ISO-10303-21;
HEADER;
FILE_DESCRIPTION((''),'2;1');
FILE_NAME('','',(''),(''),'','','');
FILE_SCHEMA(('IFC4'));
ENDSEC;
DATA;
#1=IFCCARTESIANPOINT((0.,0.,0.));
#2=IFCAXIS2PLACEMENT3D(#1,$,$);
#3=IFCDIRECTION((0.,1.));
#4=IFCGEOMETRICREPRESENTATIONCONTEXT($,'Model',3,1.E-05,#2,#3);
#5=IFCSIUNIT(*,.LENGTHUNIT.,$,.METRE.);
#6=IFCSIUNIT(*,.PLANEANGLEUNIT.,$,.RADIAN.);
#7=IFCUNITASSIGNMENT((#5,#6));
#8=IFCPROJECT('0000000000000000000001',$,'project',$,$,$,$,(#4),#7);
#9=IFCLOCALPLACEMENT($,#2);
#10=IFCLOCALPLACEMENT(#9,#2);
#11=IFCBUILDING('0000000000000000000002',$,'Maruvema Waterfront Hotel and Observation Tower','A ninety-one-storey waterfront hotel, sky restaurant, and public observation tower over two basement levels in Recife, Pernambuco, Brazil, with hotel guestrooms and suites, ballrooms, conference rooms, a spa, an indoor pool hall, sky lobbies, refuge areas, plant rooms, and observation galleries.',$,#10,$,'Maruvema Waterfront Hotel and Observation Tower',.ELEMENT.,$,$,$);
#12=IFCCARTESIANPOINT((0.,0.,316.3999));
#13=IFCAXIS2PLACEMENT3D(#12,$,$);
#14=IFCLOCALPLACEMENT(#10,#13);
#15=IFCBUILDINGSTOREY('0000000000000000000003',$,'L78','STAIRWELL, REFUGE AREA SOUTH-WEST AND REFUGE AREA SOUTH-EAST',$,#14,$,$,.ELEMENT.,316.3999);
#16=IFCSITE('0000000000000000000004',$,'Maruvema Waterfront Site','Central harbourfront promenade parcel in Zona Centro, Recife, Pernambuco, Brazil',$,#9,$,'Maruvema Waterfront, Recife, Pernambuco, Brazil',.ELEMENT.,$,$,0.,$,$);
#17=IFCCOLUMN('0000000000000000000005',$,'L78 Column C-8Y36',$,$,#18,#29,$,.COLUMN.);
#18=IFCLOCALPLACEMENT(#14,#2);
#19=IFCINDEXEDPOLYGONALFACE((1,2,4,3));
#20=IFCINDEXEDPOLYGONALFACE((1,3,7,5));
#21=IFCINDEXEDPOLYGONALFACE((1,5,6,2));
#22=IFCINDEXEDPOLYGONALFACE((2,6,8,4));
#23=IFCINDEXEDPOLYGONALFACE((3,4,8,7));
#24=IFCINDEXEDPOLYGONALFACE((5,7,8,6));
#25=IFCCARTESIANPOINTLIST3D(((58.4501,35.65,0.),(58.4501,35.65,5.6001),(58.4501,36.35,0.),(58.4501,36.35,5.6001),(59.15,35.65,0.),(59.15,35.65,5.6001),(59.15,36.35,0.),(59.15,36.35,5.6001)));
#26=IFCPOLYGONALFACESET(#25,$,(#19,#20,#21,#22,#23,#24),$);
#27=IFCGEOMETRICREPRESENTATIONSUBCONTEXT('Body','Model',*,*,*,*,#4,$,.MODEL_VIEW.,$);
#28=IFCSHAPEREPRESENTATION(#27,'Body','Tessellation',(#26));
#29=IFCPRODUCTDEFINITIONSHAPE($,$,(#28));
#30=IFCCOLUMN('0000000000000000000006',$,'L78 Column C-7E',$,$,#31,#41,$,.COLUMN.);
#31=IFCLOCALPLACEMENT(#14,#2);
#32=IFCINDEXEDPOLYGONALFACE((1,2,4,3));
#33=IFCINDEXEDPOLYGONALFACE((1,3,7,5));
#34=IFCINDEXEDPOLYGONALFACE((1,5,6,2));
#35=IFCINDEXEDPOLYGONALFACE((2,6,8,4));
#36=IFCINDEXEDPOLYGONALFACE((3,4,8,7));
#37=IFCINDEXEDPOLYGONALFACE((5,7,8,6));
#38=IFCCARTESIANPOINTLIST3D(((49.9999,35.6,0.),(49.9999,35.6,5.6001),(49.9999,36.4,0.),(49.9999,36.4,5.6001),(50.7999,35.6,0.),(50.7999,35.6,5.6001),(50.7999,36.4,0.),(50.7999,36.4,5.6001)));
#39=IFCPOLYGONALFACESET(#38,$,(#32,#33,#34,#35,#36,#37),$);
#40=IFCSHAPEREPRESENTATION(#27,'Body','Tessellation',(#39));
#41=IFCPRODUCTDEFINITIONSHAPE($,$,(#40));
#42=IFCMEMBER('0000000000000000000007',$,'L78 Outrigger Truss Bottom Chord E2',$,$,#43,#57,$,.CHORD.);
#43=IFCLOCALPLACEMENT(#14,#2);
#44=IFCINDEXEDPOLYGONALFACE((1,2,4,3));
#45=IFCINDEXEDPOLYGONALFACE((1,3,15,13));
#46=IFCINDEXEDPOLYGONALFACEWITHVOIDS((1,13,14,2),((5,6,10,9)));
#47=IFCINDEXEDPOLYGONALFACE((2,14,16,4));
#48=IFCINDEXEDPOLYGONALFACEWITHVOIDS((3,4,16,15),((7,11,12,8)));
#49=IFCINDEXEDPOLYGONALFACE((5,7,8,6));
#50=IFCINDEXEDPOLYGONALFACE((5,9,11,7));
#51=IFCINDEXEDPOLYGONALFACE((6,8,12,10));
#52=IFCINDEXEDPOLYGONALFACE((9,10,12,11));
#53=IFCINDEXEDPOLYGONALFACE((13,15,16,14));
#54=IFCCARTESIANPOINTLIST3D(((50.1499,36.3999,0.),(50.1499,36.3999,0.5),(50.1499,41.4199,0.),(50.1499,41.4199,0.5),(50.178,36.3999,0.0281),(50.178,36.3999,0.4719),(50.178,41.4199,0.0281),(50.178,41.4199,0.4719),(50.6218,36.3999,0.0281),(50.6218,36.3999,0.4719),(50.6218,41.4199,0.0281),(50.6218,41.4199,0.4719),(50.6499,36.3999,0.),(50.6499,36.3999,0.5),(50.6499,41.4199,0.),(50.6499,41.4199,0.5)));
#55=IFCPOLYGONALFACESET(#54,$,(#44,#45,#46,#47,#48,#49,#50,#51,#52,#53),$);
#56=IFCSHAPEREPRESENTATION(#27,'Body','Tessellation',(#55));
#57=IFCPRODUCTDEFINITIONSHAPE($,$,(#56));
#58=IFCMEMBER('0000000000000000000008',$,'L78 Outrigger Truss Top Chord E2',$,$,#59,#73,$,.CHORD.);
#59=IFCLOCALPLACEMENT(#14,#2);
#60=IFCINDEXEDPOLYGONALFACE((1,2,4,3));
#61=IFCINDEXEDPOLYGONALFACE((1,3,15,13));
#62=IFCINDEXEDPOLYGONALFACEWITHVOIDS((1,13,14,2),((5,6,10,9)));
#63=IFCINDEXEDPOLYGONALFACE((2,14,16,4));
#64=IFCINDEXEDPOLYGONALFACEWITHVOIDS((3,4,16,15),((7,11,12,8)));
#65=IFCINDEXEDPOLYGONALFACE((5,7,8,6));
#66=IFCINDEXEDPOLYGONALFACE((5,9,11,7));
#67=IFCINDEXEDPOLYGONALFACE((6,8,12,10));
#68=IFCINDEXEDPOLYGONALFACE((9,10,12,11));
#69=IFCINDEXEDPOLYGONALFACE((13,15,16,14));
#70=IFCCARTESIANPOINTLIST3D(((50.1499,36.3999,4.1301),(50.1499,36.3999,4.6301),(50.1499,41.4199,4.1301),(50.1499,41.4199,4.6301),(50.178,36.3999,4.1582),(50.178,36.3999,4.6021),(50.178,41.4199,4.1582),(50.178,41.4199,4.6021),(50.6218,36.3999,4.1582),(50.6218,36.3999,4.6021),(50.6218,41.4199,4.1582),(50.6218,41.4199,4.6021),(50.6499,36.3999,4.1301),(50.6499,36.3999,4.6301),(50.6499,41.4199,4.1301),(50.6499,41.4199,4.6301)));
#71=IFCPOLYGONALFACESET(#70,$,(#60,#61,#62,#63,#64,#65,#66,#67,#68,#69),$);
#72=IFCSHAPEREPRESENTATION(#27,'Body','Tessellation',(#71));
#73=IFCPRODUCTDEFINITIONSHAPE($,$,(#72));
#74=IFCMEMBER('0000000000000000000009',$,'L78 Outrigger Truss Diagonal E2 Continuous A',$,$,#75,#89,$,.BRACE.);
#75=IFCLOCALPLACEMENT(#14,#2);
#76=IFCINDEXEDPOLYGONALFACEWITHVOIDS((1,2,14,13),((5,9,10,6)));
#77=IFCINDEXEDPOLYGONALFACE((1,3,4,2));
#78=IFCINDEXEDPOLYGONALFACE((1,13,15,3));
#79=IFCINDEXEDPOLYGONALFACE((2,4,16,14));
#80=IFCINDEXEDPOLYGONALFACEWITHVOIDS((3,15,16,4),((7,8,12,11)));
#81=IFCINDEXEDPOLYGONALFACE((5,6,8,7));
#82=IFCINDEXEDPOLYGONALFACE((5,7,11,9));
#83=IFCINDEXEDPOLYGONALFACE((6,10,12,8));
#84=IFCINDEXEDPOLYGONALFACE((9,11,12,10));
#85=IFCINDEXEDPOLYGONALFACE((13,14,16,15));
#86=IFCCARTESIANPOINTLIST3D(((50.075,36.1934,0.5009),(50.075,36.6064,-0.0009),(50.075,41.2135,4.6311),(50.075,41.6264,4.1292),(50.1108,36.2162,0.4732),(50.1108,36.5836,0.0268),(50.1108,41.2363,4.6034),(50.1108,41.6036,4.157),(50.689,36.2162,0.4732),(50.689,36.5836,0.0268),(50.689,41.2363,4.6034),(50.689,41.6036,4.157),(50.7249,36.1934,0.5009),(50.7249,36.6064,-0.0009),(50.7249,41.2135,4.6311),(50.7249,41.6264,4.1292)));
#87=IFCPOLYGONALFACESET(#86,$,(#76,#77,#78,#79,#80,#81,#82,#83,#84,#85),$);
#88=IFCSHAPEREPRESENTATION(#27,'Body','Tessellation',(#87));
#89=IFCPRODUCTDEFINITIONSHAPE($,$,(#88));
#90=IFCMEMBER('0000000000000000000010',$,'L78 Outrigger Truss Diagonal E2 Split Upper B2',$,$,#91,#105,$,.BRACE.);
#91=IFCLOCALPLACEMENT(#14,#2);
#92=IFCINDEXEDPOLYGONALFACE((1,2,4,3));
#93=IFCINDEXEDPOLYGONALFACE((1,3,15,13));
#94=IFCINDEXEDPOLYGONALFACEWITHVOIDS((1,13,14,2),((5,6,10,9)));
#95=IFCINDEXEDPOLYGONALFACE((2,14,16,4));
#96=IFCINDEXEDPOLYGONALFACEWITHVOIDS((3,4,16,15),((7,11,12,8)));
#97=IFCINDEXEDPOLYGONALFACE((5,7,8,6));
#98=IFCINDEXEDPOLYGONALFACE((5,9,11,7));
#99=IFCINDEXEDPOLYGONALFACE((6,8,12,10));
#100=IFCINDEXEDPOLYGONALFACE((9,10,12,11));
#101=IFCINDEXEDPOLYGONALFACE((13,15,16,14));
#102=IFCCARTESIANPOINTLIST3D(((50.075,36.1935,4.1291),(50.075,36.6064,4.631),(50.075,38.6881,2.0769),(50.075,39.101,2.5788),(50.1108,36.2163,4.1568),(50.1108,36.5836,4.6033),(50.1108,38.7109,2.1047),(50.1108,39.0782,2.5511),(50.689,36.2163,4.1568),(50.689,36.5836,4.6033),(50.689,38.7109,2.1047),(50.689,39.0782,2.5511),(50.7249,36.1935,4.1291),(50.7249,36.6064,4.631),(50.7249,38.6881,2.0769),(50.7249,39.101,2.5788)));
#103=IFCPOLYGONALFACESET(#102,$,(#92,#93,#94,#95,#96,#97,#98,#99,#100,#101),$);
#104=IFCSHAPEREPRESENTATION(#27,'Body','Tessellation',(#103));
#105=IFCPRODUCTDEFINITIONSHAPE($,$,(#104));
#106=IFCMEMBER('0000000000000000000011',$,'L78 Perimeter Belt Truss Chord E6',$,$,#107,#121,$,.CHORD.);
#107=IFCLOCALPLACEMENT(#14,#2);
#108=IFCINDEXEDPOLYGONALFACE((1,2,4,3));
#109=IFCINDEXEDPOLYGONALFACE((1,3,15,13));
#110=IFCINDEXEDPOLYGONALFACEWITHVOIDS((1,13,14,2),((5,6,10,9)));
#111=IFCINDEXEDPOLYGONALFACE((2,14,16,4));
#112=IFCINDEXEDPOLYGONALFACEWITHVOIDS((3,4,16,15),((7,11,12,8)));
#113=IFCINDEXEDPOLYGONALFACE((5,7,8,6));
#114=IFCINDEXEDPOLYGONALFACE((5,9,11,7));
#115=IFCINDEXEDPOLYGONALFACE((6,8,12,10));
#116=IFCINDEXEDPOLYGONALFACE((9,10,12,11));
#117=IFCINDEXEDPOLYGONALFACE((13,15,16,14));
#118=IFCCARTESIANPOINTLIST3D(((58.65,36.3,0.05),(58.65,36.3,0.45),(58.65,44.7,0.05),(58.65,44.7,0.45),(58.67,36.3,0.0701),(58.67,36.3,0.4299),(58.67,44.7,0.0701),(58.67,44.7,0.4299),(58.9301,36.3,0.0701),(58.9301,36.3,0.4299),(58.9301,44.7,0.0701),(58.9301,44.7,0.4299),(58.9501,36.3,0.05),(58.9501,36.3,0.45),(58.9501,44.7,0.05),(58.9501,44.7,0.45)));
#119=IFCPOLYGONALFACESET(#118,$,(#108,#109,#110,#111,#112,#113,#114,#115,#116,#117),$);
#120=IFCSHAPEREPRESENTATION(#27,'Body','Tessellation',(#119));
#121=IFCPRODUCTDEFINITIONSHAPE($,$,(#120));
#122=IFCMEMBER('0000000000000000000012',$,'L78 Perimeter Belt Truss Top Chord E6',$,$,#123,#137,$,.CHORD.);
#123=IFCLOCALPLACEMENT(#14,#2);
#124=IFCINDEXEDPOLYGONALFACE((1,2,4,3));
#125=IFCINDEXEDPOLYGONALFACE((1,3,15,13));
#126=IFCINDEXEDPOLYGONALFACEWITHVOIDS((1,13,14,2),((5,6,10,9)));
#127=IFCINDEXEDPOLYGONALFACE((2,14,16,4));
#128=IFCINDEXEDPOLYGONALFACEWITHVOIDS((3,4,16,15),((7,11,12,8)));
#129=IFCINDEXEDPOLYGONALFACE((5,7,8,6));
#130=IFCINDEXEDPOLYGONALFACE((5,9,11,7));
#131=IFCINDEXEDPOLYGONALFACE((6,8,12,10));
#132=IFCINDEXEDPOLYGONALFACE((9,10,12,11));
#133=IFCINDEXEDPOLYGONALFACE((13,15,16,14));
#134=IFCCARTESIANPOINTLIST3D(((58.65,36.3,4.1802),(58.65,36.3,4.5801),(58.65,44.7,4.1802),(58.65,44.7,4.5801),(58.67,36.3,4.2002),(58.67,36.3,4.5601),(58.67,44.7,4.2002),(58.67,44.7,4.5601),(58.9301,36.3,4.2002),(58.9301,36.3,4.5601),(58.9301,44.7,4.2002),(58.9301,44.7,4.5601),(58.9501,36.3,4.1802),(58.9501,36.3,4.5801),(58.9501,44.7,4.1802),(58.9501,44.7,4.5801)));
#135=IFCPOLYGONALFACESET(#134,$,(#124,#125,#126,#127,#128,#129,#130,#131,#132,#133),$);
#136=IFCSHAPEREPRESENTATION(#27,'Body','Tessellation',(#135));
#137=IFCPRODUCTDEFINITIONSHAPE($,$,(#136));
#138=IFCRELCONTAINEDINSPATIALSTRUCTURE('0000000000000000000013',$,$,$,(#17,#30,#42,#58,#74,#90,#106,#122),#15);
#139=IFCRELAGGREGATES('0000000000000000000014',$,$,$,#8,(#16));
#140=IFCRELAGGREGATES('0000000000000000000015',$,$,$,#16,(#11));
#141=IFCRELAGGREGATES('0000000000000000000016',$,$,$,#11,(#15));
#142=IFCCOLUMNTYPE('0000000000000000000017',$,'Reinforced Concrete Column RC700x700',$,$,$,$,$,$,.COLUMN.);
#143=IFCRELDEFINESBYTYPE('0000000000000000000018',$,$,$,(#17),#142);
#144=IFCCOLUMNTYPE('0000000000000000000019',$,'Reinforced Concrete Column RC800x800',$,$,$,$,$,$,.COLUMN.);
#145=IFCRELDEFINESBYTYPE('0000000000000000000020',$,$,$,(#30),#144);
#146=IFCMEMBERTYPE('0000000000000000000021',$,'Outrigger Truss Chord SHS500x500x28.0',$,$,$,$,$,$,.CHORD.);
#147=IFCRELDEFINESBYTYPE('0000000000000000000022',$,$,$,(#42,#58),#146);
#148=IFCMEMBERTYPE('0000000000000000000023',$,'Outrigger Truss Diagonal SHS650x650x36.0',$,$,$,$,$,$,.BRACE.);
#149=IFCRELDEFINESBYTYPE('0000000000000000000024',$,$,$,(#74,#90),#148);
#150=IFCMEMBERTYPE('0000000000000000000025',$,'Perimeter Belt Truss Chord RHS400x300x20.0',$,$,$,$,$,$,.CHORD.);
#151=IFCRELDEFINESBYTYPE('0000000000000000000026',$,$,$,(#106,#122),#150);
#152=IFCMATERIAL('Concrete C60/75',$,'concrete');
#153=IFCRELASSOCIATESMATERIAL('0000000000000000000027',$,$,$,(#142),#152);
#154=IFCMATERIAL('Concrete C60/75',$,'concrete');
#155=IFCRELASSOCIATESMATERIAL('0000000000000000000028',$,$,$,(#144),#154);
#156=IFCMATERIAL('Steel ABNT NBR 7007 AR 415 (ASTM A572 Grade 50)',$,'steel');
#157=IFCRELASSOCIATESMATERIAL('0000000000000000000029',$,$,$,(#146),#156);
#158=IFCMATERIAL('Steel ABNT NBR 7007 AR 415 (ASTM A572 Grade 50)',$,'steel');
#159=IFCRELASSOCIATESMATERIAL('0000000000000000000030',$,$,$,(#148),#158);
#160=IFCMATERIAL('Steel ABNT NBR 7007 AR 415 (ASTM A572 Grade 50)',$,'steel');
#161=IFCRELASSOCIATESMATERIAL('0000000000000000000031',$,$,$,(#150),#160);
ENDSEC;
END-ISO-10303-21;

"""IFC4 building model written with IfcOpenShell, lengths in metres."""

from ifc_helpers import new_model, si_unit, direction, frame, origin, origin_2d, place, context, subcontext, project, spatial, rectangle, hollow_rectangle, extrude, material, material_profile, profile_set, type_object, element, save


model = new_model("IFC4")

# Units and contexts
model_context = context("Model", 3, precision=1e-05, world=origin(), true_north=direction((0.0, 1.0)))
body_context = subcontext(model_context, "Body", "Model", "MODEL_VIEW")
ifc_project = project(units=[si_unit("LENGTHUNIT", "METRE"), si_unit("PLANEANGLEUNIT", "RADIAN")], contexts=[model_context])

# Site, building, storey
site_placement = place(None, origin())
site = spatial("IfcSite", under=ifc_project, at=site_placement, Name="Maruvema Waterfront Site", Description="Central harbourfront promenade parcel in Zona Centro, Recife, Pernambuco, Brazil", LongName="Maruvema Waterfront, Recife, Pernambuco, Brazil", CompositionType="ELEMENT", RefElevation=0.0)
building_placement = place(site_placement, origin())
building = spatial("IfcBuilding", under=site, at=building_placement, Name="Maruvema Waterfront Hotel and Observation Tower", Description="A ninety-one-storey waterfront hotel, sky restaurant, and public observation tower over two basement levels in Recife, Pernambuco, Brazil, with hotel guestrooms and suites, ballrooms, conference rooms, a spa, an indoor pool hall, sky lobbies, refuge areas, plant rooms, and observation galleries.", LongName="Maruvema Waterfront Hotel and Observation Tower", CompositionType="ELEMENT")
storey_placement = place(building_placement, frame((0.0, 0.0, 316.3999)))
storey = spatial("IfcBuildingStorey", under=building, at=storey_placement, Name="L78", Description="STAIRWELL, REFUGE AREA SOUTH-WEST AND REFUGE AREA SOUTH-EAST", CompositionType="ELEMENT", Elevation=316.3999)

# Columns
ifc_material_1 = material(Name="Concrete C60/75", Category="concrete")
ifc_material_profile_1 = material_profile(ifc_material_1, rectangle(XDim=0.7, YDim=0.7, at=origin_2d()), Name="RC700x700")
ifc_profile_set_1 = profile_set([ifc_material_profile_1], Name="Concrete C60/75")
column_type_1 = type_object("IfcColumnType", Name="Reinforced Concrete Column RC700x700", PredefinedType="COLUMN", material=ifc_profile_set_1)
column_1_placement = place(storey_placement, frame((58.8, 36.0, 0.0), z_axis=(0.0, 0.0, 1.0), x_axis=(1.0, 0.0, 0.0)))
element("IfcColumn", 1, at=column_1_placement, inside=storey, type_object=column_type_1, Name="L78 Column C-8Y36", PredefinedType="COLUMN", context=body_context, shape_type="SweptSolid", body=[
    extrude(rectangle(XDim=0.7, YDim=0.7, at=origin_2d()), origin(), (0.0, 0.0, 1.0), 5.6001),
])
ifc_material_2 = material(Name="Concrete C60/75", Category="concrete")
ifc_material_profile_2 = material_profile(ifc_material_2, rectangle(XDim=0.8, YDim=0.8, at=origin_2d()), Name="RC800x800")
ifc_profile_set_2 = profile_set([ifc_material_profile_2], Name="Concrete C60/75")
column_type_2 = type_object("IfcColumnType", Name="Reinforced Concrete Column RC800x800", PredefinedType="COLUMN", material=ifc_profile_set_2)
column_2_placement = place(storey_placement, frame((50.3999, 36.0, 0.0), z_axis=(0.0, 0.0, 1.0), x_axis=(1.0, 0.0, 0.0)))
element("IfcColumn", 2, at=column_2_placement, inside=storey, type_object=column_type_2, Name="L78 Column C-7E", PredefinedType="COLUMN", context=body_context, shape_type="SweptSolid", body=[
    extrude(rectangle(XDim=0.8, YDim=0.8, at=origin_2d()), origin(), (0.0, 0.0, 1.0), 5.6001),
])

# Members
ifc_material_3 = material(Name="Steel ABNT NBR 7007 AR 415 (ASTM A572 Grade 50)", Category="steel")
ifc_material_profile_3 = material_profile(ifc_material_3, hollow_rectangle(XDim=0.5, YDim=0.5, WallThickness=0.0281, at=origin_2d()), Name="SHS500x500x28.0")
ifc_profile_set_3 = profile_set([ifc_material_profile_3], Name="Steel ABNT NBR 7007 AR 415 (ASTM A572 Grade 50)")
member_type_1 = type_object("IfcMemberType", Name="Outrigger Truss Chord SHS500x500x28.0", PredefinedType="CHORD", material=ifc_profile_set_3)
for number, where, z_axis, x_axis, name in (
    (3, (50.3999, 36.3999, 0.25), (0.0, 1.0, 0.0), (-1.0, 0.0, 0.0), "L78 Outrigger Truss Bottom Chord E2"),
    (4, (50.3999, 36.3999, 4.3801), (0.0, 1.0, 0.0), (-1.0, 0.0, 0.0), "L78 Outrigger Truss Top Chord E2"),
):
    element("IfcMember", number, at=place(storey_placement, frame(where, z_axis=z_axis, x_axis=x_axis)), inside=storey, type_object=member_type_1, Name=name, PredefinedType="CHORD", context=body_context, shape_type="SweptSolid", body=[
        extrude(hollow_rectangle(XDim=0.5, YDim=0.5, WallThickness=0.0281, at=origin_2d()), origin(), (0.0, 0.0, 1.0), 5.02),
    ])
ifc_material_4 = material(Name="Steel ABNT NBR 7007 AR 415 (ASTM A572 Grade 50)", Category="steel")
ifc_material_profile_4 = material_profile(ifc_material_4, hollow_rectangle(XDim=0.6499, YDim=0.6499, WallThickness=0.0359, at=origin_2d()), Name="SHS650x650x36.0")
ifc_profile_set_4 = profile_set([ifc_material_profile_4], Name="Steel ABNT NBR 7007 AR 415 (ASTM A572 Grade 50)")
member_type_2 = type_object("IfcMemberType", Name="Outrigger Truss Diagonal SHS650x650x36.0", PredefinedType="BRACE", material=ifc_profile_set_4)
member_1_placement = place(storey_placement, frame((50.3999, 36.3999, 0.25), z_axis=(0.0, 0.772233, 0.63534), x_axis=(-1.0, 0.0, 0.0)))
element("IfcMember", 5, at=member_1_placement, inside=storey, type_object=member_type_2, Name="L78 Outrigger Truss Diagonal E2 Continuous A", PredefinedType="BRACE", context=body_context, shape_type="SweptSolid", body=[
    extrude(hollow_rectangle(XDim=0.6499, YDim=0.6499, WallThickness=0.0359, at=origin_2d()), origin(), (0.0, 0.0, 1.0), 6.5007),
])
member_2_placement = place(storey_placement, frame((50.3999, 38.8945, 2.3279), z_axis=(0.0, -0.772257, 0.63531), x_axis=(1.0, 0.0, 0.0)))
element("IfcMember", 6, at=member_2_placement, inside=storey, type_object=member_type_2, Name="L78 Outrigger Truss Diagonal E2 Split Upper B2", PredefinedType="BRACE", context=body_context, shape_type="SweptSolid", body=[
    extrude(hollow_rectangle(XDim=0.6499, YDim=0.6499, WallThickness=0.0359, at=origin_2d()), origin(), (0.0, 0.0, 1.0), 3.2302),
])
ifc_material_5 = material(Name="Steel ABNT NBR 7007 AR 415 (ASTM A572 Grade 50)", Category="steel")
ifc_material_profile_5 = material_profile(ifc_material_5, hollow_rectangle(XDim=0.3, YDim=0.3999, WallThickness=0.02, at=origin_2d()), Name="RHS400x300x20.0")
ifc_profile_set_5 = profile_set([ifc_material_profile_5], Name="Steel ABNT NBR 7007 AR 415 (ASTM A572 Grade 50)")
member_type_3 = type_object("IfcMemberType", Name="Perimeter Belt Truss Chord RHS400x300x20.0", PredefinedType="CHORD", material=ifc_profile_set_5)
for number, where, z_axis, x_axis, name in (
    (7, (58.8, 36.3, 0.25), (0.0, 1.0, 0.0), (-1.0, 0.0, 0.0), "L78 Perimeter Belt Truss Chord E6"),
    (8, (58.8, 36.3, 4.3801), (0.0, 1.0, 0.0), (-1.0, 0.0, 0.0), "L78 Perimeter Belt Truss Top Chord E6"),
):
    element("IfcMember", number, at=place(storey_placement, frame(where, z_axis=z_axis, x_axis=x_axis)), inside=storey, type_object=member_type_3, Name=name, PredefinedType="CHORD", context=body_context, shape_type="SweptSolid", body=[
        extrude(hollow_rectangle(XDim=0.3, YDim=0.3999, WallThickness=0.02, at=origin_2d()), origin(), (0.0, 0.0, 1.0), 8.3999),
    ])

save(model, "model.ifc")
